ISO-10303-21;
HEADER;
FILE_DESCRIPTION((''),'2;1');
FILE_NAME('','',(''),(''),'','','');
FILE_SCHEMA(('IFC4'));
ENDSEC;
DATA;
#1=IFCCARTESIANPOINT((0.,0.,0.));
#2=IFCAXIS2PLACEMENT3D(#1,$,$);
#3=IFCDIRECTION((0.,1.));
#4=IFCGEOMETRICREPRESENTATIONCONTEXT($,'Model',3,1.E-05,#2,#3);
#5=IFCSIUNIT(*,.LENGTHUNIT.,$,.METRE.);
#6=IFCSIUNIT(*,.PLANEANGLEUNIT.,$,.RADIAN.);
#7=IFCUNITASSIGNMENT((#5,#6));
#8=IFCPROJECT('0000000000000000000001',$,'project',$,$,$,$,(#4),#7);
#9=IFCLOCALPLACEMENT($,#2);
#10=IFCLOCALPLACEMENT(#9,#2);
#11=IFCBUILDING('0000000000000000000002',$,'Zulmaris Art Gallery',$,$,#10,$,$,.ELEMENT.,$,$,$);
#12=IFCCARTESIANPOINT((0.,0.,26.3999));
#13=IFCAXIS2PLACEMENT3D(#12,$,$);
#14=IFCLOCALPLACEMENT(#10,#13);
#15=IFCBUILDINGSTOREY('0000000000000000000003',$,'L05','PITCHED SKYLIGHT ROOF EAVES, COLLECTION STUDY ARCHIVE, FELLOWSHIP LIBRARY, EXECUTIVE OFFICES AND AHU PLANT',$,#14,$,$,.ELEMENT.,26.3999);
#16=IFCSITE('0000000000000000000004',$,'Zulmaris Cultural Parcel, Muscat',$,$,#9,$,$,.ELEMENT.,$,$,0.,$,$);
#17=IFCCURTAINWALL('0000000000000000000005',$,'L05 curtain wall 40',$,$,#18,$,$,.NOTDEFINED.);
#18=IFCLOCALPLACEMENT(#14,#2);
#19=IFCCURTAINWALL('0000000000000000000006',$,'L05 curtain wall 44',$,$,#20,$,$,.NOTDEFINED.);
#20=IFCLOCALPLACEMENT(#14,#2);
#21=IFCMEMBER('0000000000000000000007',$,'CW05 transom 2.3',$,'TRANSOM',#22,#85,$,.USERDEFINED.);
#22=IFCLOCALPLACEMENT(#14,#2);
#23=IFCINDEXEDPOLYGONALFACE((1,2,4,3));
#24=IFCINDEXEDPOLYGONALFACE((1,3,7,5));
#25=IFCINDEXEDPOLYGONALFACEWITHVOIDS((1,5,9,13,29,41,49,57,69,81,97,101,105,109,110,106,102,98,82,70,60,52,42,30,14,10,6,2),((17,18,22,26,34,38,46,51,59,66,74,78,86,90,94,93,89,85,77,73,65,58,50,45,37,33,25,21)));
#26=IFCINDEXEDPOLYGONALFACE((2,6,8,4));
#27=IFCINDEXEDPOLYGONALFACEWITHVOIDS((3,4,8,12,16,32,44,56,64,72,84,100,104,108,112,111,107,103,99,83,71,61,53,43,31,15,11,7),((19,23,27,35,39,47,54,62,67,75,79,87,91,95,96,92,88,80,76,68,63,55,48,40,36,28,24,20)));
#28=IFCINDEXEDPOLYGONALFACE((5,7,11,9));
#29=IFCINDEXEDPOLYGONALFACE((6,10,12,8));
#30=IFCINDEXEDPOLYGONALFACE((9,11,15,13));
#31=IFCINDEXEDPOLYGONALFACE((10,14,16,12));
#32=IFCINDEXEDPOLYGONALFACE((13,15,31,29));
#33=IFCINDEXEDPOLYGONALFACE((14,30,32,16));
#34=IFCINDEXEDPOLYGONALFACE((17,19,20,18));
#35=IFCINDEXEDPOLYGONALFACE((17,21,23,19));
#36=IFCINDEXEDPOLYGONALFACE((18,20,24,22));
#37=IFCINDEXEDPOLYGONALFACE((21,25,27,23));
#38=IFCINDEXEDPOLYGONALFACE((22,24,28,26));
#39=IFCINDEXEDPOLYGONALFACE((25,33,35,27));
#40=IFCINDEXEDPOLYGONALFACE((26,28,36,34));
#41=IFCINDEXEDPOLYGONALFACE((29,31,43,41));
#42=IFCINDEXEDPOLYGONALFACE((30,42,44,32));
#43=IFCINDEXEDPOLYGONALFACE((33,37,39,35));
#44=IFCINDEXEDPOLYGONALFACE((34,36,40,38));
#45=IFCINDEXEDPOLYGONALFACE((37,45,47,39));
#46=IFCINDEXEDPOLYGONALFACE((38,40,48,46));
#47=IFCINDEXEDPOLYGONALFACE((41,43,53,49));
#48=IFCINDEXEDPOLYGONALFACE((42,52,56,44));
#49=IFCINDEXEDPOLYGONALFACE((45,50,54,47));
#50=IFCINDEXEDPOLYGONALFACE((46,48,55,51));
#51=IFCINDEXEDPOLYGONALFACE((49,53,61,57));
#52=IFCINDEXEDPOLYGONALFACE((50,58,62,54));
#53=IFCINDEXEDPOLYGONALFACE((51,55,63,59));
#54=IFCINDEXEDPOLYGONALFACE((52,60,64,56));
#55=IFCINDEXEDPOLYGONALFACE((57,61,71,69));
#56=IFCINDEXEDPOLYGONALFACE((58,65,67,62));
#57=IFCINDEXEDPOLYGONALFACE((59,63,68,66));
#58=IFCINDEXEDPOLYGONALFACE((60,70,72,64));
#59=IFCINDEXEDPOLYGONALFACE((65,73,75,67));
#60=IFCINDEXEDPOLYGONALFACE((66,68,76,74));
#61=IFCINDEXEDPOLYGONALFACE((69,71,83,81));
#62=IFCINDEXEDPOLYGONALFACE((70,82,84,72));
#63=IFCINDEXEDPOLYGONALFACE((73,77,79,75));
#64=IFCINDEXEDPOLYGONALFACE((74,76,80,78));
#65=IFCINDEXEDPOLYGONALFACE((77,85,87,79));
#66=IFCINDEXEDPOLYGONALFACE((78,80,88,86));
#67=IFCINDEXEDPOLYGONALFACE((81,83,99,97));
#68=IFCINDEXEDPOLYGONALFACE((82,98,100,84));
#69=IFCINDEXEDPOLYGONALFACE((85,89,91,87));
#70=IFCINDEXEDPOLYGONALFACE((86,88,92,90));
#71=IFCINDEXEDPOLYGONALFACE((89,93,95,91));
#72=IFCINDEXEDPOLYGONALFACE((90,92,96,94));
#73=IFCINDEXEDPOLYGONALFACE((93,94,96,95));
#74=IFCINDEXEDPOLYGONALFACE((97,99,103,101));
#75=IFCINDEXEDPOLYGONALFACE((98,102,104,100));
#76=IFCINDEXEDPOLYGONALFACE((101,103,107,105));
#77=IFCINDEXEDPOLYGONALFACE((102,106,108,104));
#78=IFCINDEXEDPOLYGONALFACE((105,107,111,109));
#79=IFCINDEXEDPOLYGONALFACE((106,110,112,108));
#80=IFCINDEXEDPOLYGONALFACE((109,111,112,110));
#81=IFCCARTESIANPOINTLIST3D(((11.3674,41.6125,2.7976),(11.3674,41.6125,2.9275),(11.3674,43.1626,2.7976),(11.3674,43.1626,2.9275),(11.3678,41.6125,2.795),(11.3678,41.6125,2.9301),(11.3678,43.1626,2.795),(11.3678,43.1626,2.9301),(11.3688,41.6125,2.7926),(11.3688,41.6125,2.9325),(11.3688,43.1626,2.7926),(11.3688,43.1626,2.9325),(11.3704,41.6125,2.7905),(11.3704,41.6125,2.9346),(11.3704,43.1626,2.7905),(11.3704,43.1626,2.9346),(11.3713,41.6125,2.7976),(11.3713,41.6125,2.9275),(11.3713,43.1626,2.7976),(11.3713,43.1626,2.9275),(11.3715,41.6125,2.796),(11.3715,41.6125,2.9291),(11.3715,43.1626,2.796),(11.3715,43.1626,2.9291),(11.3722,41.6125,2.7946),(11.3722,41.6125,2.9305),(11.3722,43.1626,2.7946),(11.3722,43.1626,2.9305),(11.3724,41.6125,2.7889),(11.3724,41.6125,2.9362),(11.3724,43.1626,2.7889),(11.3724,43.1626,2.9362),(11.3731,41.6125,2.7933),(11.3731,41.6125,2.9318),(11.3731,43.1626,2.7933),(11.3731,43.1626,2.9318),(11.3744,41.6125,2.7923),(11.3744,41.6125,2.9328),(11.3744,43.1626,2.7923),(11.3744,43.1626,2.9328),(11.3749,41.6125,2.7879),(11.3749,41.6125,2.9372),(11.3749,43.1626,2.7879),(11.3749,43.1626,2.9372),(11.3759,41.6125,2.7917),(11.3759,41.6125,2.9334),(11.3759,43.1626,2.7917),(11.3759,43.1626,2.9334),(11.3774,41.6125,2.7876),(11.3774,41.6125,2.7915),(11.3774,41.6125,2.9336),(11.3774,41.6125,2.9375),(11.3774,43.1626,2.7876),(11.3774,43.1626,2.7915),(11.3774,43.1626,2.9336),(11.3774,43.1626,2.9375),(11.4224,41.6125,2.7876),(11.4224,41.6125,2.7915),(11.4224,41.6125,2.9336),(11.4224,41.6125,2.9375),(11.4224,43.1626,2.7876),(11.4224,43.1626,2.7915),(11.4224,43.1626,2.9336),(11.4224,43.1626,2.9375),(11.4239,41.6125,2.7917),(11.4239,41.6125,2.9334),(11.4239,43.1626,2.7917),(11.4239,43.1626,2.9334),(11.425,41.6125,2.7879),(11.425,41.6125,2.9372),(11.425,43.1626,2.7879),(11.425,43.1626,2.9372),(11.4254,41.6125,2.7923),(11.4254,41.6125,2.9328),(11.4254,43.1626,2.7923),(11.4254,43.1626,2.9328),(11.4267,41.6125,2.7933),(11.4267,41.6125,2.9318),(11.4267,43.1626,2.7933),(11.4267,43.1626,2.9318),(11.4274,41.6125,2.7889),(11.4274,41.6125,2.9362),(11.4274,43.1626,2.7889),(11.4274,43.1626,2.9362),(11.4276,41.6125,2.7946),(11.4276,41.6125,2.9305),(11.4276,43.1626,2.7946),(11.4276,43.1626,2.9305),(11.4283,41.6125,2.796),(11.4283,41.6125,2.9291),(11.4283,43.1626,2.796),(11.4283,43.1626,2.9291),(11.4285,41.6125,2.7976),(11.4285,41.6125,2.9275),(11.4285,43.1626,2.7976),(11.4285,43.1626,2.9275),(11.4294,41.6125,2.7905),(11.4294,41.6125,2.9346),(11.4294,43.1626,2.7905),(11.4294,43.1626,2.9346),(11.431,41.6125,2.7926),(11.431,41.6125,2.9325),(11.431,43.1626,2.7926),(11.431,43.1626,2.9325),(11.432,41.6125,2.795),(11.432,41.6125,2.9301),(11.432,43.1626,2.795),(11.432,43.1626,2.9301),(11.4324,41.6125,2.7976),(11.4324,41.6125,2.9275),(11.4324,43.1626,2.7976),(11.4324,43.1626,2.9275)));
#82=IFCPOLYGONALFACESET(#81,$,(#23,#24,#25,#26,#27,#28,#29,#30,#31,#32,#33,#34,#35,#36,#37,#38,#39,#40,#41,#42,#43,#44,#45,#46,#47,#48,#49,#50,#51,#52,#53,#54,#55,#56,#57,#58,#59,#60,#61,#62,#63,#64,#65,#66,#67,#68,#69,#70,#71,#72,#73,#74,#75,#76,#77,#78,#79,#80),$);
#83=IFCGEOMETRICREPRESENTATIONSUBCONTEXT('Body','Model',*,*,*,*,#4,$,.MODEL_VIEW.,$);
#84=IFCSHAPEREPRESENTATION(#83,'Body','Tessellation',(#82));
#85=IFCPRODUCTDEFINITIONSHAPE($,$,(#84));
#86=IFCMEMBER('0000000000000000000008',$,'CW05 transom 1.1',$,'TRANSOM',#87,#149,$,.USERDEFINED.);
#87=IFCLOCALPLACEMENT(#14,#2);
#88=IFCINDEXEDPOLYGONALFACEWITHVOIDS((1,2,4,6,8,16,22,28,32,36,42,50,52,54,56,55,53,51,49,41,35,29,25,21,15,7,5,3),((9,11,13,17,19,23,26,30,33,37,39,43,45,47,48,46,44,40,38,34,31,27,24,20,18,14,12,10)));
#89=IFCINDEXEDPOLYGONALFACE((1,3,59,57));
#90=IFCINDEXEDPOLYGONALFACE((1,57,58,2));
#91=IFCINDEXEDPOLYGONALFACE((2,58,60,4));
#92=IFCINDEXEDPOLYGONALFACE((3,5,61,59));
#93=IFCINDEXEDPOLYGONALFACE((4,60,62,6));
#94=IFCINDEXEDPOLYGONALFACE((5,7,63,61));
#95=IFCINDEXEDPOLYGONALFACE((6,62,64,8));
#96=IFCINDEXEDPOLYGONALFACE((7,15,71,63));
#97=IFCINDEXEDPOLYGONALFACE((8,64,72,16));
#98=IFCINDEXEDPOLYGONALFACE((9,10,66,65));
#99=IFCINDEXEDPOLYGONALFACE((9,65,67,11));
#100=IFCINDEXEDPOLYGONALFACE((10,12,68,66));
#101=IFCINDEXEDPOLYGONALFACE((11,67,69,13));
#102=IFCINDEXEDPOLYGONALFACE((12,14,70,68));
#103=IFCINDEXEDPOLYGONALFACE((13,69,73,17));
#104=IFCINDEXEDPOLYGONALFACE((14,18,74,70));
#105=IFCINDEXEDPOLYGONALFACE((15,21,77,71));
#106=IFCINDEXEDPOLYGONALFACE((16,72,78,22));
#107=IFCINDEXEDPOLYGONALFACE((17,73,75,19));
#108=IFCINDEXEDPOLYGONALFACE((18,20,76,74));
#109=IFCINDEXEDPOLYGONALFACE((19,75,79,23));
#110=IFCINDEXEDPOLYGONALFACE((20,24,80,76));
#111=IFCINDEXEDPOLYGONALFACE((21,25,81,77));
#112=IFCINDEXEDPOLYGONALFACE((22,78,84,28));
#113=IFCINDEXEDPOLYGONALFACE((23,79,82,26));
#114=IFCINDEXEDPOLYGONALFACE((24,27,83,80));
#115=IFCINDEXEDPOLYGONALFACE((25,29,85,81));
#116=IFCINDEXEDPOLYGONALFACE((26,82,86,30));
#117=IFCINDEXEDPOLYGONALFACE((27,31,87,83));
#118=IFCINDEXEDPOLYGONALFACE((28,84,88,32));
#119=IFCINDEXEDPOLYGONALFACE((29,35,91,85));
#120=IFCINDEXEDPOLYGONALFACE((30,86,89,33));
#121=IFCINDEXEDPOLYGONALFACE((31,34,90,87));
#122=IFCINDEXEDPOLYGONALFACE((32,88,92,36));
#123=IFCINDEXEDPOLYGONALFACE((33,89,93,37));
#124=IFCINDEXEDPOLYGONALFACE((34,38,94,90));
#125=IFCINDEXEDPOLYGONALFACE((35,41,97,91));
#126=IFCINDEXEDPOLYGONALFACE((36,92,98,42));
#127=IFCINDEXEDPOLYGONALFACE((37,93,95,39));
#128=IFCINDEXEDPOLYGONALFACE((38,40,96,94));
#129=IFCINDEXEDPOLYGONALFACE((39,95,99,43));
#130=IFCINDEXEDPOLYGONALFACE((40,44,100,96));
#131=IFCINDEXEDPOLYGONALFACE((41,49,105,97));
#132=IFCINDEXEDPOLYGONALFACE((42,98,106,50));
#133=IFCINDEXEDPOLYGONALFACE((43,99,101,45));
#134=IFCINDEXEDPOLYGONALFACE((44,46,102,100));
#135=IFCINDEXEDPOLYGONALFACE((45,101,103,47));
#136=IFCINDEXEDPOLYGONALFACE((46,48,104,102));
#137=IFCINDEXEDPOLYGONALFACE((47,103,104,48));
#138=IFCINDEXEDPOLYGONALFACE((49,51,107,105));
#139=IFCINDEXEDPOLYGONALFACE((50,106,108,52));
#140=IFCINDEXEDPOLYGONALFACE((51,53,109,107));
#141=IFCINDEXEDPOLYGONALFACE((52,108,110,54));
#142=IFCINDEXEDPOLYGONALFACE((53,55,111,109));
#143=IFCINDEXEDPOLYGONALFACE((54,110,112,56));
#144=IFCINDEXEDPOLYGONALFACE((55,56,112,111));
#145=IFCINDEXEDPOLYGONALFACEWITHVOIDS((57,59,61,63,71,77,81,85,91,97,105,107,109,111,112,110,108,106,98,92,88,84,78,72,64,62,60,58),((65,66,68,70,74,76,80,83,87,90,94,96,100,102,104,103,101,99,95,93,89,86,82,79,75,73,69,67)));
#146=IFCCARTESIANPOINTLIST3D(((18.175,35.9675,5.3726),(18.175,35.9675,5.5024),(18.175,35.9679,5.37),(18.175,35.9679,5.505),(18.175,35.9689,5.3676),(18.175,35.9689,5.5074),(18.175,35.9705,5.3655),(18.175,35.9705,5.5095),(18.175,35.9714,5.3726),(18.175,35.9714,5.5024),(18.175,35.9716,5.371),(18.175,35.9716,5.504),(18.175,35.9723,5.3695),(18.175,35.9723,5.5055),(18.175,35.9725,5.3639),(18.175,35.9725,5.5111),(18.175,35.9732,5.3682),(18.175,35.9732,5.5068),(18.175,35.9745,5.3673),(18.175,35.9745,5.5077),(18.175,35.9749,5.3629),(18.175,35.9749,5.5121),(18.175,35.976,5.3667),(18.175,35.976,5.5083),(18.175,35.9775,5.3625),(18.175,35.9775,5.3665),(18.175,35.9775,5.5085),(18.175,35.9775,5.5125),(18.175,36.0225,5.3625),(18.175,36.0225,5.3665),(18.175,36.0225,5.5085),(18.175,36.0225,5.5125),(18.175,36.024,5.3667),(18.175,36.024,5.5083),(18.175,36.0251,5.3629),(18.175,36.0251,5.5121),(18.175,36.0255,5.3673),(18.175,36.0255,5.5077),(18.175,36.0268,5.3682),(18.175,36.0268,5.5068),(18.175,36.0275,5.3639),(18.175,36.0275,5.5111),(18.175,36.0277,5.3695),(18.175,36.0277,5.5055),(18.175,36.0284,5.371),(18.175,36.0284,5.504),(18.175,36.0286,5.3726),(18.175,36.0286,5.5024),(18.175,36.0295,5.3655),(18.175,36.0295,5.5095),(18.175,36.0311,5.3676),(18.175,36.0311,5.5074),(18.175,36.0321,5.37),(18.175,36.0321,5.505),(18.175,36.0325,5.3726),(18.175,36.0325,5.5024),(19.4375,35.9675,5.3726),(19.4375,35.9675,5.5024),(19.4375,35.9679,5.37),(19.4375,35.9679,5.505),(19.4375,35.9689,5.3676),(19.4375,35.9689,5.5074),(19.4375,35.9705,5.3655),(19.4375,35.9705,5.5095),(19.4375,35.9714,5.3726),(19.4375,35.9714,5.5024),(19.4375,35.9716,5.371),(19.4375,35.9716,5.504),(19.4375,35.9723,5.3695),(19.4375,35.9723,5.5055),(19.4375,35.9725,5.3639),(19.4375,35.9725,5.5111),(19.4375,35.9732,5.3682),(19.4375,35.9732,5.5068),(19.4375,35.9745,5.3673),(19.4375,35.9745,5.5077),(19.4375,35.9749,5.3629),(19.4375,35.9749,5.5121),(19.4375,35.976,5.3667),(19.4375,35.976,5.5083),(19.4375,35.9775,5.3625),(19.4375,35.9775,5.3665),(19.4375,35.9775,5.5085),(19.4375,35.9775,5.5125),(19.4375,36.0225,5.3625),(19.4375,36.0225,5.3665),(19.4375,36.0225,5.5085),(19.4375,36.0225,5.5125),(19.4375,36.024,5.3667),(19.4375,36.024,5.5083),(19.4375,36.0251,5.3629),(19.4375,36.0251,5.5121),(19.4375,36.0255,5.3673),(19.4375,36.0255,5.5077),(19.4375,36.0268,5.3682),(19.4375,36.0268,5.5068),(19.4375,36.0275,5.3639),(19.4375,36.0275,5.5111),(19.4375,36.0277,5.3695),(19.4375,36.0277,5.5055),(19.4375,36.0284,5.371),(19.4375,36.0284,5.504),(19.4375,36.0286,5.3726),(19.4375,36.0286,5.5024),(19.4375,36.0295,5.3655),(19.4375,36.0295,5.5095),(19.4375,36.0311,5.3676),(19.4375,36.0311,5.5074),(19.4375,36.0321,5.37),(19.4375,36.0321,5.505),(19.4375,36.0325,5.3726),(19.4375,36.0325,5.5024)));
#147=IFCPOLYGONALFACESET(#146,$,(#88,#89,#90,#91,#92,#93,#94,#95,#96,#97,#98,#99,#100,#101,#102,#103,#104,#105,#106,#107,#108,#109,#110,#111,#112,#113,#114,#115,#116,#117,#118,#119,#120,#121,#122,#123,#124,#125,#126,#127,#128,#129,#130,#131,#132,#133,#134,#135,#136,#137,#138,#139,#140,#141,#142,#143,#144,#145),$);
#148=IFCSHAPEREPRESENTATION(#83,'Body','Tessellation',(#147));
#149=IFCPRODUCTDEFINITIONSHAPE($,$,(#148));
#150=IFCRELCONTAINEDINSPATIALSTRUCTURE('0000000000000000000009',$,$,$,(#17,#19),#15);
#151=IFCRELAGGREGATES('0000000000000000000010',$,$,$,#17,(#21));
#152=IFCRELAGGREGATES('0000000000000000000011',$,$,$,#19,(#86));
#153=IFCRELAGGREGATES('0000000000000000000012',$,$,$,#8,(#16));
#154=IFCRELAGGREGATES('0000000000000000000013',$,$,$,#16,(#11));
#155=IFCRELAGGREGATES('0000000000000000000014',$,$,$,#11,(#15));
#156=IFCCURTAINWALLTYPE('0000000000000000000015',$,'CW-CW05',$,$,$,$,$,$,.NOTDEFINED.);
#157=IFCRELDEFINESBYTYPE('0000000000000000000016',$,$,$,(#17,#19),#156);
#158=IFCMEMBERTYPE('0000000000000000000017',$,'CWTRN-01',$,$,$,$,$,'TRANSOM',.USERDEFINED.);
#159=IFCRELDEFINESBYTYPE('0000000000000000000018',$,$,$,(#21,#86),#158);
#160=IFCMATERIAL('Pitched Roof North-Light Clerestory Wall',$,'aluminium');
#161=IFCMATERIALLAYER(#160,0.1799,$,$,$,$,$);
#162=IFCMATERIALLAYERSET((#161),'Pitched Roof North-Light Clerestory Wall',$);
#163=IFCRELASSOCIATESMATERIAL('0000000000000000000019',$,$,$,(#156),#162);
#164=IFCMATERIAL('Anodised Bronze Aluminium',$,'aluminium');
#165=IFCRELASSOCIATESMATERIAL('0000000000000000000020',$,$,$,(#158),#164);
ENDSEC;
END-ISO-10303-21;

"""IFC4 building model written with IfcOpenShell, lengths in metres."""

from ifc_helpers import new_model, si_unit, direction, frame, origin, origin_2d, place, context, subcontext, project, spatial, hollow_rectangle, extrude, material, layer, layer_set, material_profile, profile_set, type_object, element, aggregate, save


model = new_model("IFC4")

# Units and contexts
model_context = context("Model", 3, precision=1e-05, world=origin(), true_north=direction((0.0, 1.0)))
body_context = subcontext(model_context, "Body", "Model", "MODEL_VIEW")
ifc_project = project(units=[si_unit("LENGTHUNIT", "METRE"), si_unit("PLANEANGLEUNIT", "RADIAN")], contexts=[model_context])

# Site, building, storey
site_placement = place(None, origin())
site = spatial("IfcSite", under=ifc_project, at=site_placement, Name="Zulmaris Cultural Parcel, Muscat", CompositionType="ELEMENT", RefElevation=0.0)
building_placement = place(site_placement, origin())
building = spatial("IfcBuilding", under=site, at=building_placement, Name="Zulmaris Art Gallery", CompositionType="ELEMENT")
storey_placement = place(building_placement, frame((0.0, 0.0, 26.3999)))
storey = spatial("IfcBuildingStorey", under=building, at=storey_placement, Name="L05", Description="PITCHED SKYLIGHT ROOF EAVES, COLLECTION STUDY ARCHIVE, FELLOWSHIP LIBRARY, EXECUTIVE OFFICES AND AHU PLANT", CompositionType="ELEMENT", Elevation=26.3999)

# Curtain wall
ifc_material_1 = material(Name="Pitched Roof North-Light Clerestory Wall", Category="aluminium")
ifc_layer_1 = layer(ifc_material_1, 0.1799)
ifc_layer_set_1 = layer_set([ifc_layer_1], Name="Pitched Roof North-Light Clerestory Wall")
curtain_wall_type = type_object("IfcCurtainWallType", Name="CW-CW05", PredefinedType="NOTDEFINED", material=ifc_layer_set_1)
ifc_material_2 = material(Name="Anodised Bronze Aluminium", Category="aluminium")
curtain_wall_1_placement = place(storey_placement, origin())
curtain_wall_1 = element("IfcCurtainWall", 1, at=curtain_wall_1_placement, inside=storey, type_object=curtain_wall_type, Name="L05 curtain wall 40", PredefinedType="NOTDEFINED")

# Curtain wall
curtain_wall_2_placement = place(storey_placement, origin())
curtain_wall_2 = element("IfcCurtainWall", 2, at=curtain_wall_2_placement, inside=storey, type_object=curtain_wall_type, Name="L05 curtain wall 44", PredefinedType="NOTDEFINED")

# Members
ifc_material_profile_1 = material_profile(ifc_material_2, hollow_rectangle(XDim=0.0649, YDim=0.1499, WallThickness=0.0039, InnerFilletRadius=0.0061, OuterFilletRadius=0.01, at=origin_2d()), Name="ALU 65x150x4")
ifc_profile_set_1 = profile_set([ifc_material_profile_1], Name="Anodised Bronze Aluminium")
member_type_1 = type_object("IfcMemberType", Name="CWTRN-01", ElementType="TRANSOM", PredefinedType="USERDEFINED", material=ifc_profile_set_1)
member_1_placement = place(storey_placement, frame((11.3999, 41.6125, 2.8625), z_axis=(0.0, 1.0, 0.0), x_axis=(-1.0, 0.0, 0.0)))
member_1 = element("IfcMember", 3, at=member_1_placement, type_object=member_type_1, Name="CW05 transom 2.3", ObjectType="TRANSOM", PredefinedType="USERDEFINED", context=body_context, shape_type="SweptSolid", body=[
    extrude(hollow_rectangle(XDim=0.0649, YDim=0.1499, WallThickness=0.0039, InnerFilletRadius=0.0061, OuterFilletRadius=0.01, at=origin_2d()), origin(), (0.0, 0.0, 1.0), 1.55),
])
member_2_placement = place(storey_placement, frame((18.175, 36.0, 5.4375), z_axis=(1.0, 0.0, 0.0), x_axis=(0.0, 1.0, 0.0)))
member_2 = element("IfcMember", 4, at=member_2_placement, type_object=member_type_1, Name="CW05 transom 1.1", ObjectType="TRANSOM", PredefinedType="USERDEFINED", context=body_context, shape_type="SweptSolid", body=[
    extrude(hollow_rectangle(XDim=0.0649, YDim=0.1499, WallThickness=0.0039, InnerFilletRadius=0.0061, OuterFilletRadius=0.01, at=origin_2d()), origin(), (0.0, 0.0, 1.0), 1.2625),
])

aggregate(curtain_wall_1, [member_1])
aggregate(curtain_wall_2, [member_2])

save(model, "model.ifc")
